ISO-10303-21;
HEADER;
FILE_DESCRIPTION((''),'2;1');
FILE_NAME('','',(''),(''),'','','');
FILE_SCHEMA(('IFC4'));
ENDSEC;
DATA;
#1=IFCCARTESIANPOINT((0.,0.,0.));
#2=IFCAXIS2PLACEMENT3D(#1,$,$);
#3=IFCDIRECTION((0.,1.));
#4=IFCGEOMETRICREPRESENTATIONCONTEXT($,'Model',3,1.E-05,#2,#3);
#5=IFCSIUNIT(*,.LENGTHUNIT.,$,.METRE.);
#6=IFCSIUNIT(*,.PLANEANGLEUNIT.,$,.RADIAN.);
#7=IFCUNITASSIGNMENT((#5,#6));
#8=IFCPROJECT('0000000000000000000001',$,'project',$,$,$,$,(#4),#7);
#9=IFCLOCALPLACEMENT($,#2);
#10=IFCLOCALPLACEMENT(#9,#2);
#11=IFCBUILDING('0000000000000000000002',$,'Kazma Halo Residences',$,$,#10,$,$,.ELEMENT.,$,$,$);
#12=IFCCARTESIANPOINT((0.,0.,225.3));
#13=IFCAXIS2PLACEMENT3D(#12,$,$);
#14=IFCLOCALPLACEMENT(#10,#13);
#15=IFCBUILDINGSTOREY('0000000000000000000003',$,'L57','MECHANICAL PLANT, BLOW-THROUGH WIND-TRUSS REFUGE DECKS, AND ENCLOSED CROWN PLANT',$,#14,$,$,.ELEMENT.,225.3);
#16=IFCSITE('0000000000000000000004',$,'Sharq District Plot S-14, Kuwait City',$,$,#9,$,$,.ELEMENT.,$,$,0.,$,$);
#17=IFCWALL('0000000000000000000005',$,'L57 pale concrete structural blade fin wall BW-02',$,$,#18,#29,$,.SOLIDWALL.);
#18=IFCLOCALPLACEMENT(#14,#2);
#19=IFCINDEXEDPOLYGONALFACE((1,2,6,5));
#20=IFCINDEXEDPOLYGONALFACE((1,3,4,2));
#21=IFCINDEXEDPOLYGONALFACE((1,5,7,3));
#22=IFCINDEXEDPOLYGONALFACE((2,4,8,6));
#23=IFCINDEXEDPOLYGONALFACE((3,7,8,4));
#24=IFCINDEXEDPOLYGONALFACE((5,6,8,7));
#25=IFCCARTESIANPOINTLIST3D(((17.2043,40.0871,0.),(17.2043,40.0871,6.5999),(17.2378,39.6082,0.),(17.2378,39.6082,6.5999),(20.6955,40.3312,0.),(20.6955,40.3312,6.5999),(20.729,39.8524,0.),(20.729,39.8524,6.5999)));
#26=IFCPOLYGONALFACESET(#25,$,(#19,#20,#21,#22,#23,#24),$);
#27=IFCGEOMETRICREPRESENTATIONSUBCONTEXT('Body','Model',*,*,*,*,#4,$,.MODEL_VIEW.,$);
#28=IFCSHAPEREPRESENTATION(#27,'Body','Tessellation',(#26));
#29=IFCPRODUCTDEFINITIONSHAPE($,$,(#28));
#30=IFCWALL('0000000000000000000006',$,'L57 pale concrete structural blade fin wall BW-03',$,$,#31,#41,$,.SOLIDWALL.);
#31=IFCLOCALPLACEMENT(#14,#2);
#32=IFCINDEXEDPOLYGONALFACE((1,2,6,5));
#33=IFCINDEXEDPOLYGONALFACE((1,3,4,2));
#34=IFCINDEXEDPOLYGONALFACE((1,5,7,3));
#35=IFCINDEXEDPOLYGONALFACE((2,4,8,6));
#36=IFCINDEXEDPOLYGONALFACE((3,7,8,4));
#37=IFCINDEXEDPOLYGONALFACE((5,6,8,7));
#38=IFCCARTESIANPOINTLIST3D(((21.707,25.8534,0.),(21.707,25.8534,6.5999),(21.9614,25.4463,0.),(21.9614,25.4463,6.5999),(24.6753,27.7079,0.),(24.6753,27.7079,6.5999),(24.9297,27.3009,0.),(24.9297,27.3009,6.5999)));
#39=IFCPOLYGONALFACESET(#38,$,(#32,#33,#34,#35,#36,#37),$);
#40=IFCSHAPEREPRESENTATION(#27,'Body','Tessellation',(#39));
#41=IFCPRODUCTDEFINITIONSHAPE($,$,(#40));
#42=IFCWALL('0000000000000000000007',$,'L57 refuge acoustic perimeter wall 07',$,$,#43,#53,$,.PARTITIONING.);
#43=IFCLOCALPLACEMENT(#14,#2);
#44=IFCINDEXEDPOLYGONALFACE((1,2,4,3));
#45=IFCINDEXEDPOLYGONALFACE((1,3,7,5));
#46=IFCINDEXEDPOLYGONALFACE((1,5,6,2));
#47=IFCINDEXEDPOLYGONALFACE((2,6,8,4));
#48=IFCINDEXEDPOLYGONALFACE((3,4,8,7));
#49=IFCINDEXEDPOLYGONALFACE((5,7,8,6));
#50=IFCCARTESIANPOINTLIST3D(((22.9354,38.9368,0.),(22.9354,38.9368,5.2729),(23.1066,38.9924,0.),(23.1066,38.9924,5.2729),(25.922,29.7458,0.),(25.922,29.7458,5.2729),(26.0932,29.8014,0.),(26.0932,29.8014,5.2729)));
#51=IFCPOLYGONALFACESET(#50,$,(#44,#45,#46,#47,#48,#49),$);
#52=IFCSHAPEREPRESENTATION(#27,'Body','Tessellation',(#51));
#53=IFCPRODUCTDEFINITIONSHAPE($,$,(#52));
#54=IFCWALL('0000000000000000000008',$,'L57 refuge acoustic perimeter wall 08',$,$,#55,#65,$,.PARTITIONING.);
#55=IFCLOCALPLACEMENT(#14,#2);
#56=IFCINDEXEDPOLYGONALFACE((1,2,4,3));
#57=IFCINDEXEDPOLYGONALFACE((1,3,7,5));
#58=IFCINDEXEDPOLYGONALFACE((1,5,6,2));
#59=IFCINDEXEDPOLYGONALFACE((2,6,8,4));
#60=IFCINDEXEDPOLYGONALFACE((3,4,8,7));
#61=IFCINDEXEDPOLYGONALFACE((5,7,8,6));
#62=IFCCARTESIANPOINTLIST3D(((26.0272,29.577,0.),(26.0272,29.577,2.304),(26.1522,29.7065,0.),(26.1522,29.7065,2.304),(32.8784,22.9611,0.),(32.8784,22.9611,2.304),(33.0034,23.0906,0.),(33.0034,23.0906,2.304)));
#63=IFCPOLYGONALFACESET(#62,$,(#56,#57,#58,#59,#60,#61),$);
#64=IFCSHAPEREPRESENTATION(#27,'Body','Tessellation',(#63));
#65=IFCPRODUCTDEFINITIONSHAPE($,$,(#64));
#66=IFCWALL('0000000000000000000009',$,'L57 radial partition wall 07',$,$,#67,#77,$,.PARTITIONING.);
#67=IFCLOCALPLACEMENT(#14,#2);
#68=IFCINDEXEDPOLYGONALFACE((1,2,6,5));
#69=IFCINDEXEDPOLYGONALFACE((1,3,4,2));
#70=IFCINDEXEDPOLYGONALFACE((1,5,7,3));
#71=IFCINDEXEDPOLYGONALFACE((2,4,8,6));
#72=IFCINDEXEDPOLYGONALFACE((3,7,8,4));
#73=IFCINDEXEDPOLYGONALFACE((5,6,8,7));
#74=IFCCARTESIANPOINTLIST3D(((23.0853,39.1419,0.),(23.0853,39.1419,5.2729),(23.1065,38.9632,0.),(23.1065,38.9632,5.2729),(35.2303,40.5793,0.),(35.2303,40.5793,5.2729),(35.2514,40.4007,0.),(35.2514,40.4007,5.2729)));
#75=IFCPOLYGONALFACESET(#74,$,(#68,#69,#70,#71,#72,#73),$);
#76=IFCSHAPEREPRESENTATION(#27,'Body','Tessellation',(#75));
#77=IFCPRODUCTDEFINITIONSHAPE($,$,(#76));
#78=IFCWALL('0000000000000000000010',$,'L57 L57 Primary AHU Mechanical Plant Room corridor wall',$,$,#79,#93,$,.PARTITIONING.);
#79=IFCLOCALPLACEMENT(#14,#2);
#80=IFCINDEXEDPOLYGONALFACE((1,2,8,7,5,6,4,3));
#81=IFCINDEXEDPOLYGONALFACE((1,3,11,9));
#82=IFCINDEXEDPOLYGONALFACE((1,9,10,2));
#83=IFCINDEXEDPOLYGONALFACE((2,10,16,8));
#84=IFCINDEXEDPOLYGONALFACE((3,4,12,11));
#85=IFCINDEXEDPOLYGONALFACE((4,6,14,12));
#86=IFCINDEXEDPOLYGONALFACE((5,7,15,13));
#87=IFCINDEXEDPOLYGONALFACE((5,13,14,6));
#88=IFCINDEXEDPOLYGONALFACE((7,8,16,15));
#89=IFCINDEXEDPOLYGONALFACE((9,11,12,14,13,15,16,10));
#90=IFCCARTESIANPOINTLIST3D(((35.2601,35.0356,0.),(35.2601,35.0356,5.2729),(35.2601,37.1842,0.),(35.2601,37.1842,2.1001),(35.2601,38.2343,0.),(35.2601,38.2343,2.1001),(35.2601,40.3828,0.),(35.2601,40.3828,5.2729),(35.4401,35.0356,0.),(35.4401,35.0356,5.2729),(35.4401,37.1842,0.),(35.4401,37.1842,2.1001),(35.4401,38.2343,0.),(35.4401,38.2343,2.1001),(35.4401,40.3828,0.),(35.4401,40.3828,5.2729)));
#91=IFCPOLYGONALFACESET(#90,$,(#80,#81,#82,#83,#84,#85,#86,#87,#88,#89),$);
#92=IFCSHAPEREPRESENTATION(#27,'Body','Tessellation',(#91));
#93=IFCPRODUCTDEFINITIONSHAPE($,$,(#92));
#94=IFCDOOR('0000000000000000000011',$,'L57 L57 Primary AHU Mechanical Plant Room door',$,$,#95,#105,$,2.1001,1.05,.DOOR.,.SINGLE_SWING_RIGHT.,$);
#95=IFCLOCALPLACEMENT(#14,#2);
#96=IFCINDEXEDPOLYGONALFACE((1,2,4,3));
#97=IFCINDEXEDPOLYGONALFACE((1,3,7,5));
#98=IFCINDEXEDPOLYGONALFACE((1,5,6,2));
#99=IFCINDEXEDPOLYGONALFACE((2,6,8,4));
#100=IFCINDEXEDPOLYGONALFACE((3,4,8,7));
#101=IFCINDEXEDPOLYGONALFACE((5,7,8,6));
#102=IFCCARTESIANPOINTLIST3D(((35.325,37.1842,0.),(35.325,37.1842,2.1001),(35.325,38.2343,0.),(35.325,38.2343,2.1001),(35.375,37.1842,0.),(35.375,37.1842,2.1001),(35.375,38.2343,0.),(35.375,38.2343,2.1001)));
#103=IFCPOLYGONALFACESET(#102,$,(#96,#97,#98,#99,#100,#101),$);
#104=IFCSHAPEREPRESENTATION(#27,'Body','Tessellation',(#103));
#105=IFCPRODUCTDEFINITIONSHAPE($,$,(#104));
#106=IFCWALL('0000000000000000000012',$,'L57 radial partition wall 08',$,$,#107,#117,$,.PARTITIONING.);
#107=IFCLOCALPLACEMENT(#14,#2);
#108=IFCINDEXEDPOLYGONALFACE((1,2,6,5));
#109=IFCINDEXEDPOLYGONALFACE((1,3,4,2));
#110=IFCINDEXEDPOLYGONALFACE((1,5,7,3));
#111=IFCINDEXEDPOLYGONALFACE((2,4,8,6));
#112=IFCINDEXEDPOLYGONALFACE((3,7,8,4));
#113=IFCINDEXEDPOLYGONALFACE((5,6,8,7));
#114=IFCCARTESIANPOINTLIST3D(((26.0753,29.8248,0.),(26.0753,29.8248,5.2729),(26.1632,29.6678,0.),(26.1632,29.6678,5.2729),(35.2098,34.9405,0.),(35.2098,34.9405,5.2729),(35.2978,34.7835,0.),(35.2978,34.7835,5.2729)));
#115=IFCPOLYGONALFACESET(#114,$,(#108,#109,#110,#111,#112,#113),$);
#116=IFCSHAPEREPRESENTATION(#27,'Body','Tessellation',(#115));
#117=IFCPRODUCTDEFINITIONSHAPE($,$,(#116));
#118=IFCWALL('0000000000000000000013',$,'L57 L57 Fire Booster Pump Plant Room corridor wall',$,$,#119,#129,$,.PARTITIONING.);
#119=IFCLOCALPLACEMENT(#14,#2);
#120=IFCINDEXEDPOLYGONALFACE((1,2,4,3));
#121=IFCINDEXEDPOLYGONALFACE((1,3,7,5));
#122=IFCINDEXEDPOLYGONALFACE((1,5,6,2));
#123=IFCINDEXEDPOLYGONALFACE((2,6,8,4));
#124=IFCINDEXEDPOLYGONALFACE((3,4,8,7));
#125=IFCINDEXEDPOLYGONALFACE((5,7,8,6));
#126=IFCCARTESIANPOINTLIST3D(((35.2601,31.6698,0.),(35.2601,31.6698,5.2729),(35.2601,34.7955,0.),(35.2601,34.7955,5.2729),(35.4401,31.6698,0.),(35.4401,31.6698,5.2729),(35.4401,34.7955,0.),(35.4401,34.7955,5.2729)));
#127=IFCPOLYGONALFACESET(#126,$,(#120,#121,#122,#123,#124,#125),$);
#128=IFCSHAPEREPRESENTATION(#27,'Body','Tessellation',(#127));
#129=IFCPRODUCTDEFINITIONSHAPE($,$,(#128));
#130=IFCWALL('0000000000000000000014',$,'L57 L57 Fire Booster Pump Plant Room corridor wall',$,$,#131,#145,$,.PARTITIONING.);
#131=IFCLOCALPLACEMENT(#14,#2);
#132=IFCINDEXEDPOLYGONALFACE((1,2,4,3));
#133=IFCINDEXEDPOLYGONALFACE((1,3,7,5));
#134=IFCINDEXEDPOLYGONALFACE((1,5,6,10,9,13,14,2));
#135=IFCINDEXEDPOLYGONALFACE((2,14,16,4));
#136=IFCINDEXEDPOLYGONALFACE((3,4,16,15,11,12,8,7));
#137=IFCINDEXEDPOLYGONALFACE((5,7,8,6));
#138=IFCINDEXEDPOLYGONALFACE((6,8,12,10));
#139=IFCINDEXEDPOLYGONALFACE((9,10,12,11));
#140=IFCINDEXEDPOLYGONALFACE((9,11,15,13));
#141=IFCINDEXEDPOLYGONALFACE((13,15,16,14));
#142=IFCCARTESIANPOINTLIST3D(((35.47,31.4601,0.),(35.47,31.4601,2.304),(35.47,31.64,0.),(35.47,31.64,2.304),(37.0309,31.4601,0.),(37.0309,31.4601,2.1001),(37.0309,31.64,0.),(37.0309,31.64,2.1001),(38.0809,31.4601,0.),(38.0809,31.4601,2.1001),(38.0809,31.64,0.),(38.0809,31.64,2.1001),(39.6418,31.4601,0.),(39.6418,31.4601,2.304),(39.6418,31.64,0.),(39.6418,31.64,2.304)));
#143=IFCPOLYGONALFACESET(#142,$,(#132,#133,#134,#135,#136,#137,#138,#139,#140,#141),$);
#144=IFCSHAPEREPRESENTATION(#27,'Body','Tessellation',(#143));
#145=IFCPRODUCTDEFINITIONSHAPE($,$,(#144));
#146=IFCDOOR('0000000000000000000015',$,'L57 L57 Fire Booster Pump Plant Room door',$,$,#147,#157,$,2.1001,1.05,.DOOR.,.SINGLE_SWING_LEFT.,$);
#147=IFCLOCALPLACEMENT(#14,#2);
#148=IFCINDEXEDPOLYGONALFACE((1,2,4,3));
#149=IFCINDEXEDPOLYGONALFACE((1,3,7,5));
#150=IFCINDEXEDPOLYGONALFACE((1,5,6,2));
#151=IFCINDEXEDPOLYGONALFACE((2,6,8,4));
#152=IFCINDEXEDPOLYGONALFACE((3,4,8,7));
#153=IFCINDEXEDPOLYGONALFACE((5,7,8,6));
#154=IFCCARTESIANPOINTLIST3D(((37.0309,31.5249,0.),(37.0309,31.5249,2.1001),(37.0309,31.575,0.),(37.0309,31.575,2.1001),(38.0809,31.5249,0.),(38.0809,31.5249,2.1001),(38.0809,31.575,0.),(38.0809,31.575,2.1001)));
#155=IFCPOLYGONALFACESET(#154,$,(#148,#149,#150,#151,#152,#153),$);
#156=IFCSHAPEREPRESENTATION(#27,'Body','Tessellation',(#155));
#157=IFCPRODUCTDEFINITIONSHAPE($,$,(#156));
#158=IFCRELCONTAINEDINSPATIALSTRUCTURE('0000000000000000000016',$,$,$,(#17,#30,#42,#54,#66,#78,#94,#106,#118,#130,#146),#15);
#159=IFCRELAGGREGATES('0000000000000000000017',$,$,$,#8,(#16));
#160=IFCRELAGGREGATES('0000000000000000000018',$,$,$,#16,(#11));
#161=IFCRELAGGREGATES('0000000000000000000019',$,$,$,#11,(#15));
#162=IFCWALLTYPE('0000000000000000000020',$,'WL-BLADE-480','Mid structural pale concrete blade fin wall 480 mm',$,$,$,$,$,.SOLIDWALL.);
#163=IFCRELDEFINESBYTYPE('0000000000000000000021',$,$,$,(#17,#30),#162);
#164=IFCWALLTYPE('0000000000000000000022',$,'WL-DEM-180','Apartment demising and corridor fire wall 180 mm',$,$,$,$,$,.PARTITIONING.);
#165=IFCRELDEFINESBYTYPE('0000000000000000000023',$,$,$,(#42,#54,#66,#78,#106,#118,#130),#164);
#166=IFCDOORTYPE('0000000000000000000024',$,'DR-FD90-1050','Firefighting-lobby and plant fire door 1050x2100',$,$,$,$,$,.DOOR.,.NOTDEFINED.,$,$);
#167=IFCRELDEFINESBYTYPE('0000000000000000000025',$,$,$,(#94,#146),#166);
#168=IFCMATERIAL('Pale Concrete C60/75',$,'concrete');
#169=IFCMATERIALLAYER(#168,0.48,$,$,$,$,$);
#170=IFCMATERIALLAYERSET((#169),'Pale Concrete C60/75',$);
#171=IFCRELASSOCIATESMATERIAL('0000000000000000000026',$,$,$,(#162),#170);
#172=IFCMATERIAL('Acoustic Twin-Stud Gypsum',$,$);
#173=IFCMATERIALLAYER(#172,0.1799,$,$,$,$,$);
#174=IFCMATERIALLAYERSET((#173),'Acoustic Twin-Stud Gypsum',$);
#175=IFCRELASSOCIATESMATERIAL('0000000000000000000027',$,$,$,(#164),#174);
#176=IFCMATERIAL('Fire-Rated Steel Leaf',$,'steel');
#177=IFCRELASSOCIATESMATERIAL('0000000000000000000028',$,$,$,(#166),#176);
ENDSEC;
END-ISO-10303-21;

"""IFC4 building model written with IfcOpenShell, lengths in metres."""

from ifc_helpers import new_model, si_unit, direction, frame, frame_2d, origin, place, context, subcontext, project, spatial, rectangle, extrude, material, layer, layer_set, type_object, element, fill, save


model = new_model("IFC4")

# Units and contexts
model_context = context("Model", 3, precision=1e-05, world=origin(), true_north=direction((0.0, 1.0)))
body_context = subcontext(model_context, "Body", "Model", "MODEL_VIEW")
ifc_project = project(units=[si_unit("LENGTHUNIT", "METRE"), si_unit("PLANEANGLEUNIT", "RADIAN")], contexts=[model_context])

# Site, building, storey
site_placement = place(None, origin())
site = spatial("IfcSite", under=ifc_project, at=site_placement, Name="Sharq District Plot S-14, Kuwait City", CompositionType="ELEMENT", RefElevation=0.0)
building_placement = place(site_placement, origin())
building = spatial("IfcBuilding", under=site, at=building_placement, Name="Kazma Halo Residences", CompositionType="ELEMENT")
storey_placement = place(building_placement, frame((0.0, 0.0, 225.3)))
storey = spatial("IfcBuildingStorey", under=building, at=storey_placement, Name="L57", Description="MECHANICAL PLANT, BLOW-THROUGH WIND-TRUSS REFUGE DECKS, AND ENCLOSED CROWN PLANT", CompositionType="ELEMENT", Elevation=225.3)

# Walls
ifc_material_1 = material(Name="Pale Concrete C60/75", Category="concrete")
ifc_layer_1 = layer(ifc_material_1, 0.48)
ifc_layer_set_1 = layer_set([ifc_layer_1], Name="Pale Concrete C60/75")
wall_type_1 = type_object("IfcWallType", Name="WL-BLADE-480", Description="Mid structural pale concrete blade fin wall 480 mm", PredefinedType="SOLIDWALL", material=ifc_layer_set_1)
wall_1_placement = place(storey_placement, frame((20.7124, 40.0918, 0.0), z_axis=(0.0, 0.0, 1.0), x_axis=(-0.997564, -0.06976, 0.0)))
element("IfcWall", 1, at=wall_1_placement, inside=storey, type_object=wall_type_1, Name="L57 pale concrete structural blade fin wall BW-02", PredefinedType="SOLIDWALL", context=body_context, shape_type="SweptSolid", body=[
    extrude(rectangle(XDim=3.4998, YDim=0.48, at=frame_2d((1.75, 0.0))), origin(), (0.0, 0.0, 1.0), 6.5999),
])
wall_2_placement = place(storey_placement, frame((24.8025, 27.5044, 0.0), z_axis=(0.0, 0.0, 1.0), x_axis=(-0.848085, -0.529861, 0.0)))
element("IfcWall", 2, at=wall_2_placement, inside=storey, type_object=wall_type_1, Name="L57 pale concrete structural blade fin wall BW-03", PredefinedType="SOLIDWALL", context=body_context, shape_type="SweptSolid", body=[
    extrude(rectangle(XDim=3.5, YDim=0.48, at=frame_2d((1.75, 0.0))), origin(), (0.0, 0.0, 1.0), 6.5999),
])
ifc_material_2 = material(Name="Acoustic Twin-Stud Gypsum")
ifc_layer_2 = layer(ifc_material_2, 0.1799)
ifc_layer_set_2 = layer_set([ifc_layer_2], Name="Acoustic Twin-Stud Gypsum")
wall_type_2 = type_object("IfcWallType", Name="WL-DEM-180", Description="Apartment demising and corridor fire wall 180 mm", PredefinedType="PARTITIONING", material=ifc_layer_set_2)
wall_3_placement = place(storey_placement, frame((23.021, 38.9646, 0.0), z_axis=(0.0, 0.0, 1.0), x_axis=(0.309042, -0.951049, 0.0)))
element("IfcWall", 3, at=wall_3_placement, inside=storey, type_object=wall_type_2, Name="L57 refuge acoustic perimeter wall 07", PredefinedType="PARTITIONING", context=body_context, shape_type="SweptSolid", body=[
    extrude(rectangle(XDim=9.6641, YDim=0.1799, at=frame_2d((4.832, 0.0))), origin(), (0.0, 0.0, 1.0), 5.2729),
])
wall_4_placement = place(storey_placement, frame((26.0896, 29.6418, 0.0), z_axis=(0.0, 0.0, 1.0), x_axis=(0.719354, -0.694643, 0.0)))
element("IfcWall", 4, at=wall_4_placement, inside=storey, type_object=wall_type_2, Name="L57 refuge acoustic perimeter wall 08", PredefinedType="PARTITIONING", context=body_context, shape_type="SweptSolid", body=[
    extrude(rectangle(XDim=9.5242, YDim=0.1799, at=frame_2d((4.7622, 0.0))), origin(), (0.0, 0.0, 1.0), 2.304),
])
wall_5_placement = place(storey_placement, frame((35.2407, 40.49, 0.0), z_axis=(0.0, 0.0, 1.0), x_axis=(-0.993068, -0.117541, 0.0)))
element("IfcWall", 5, at=wall_5_placement, inside=storey, type_object=wall_type_2, Name="L57 radial partition wall 07", PredefinedType="PARTITIONING", context=body_context, shape_type="SweptSolid", body=[
    extrude(rectangle(XDim=12.2297, YDim=0.1799, at=frame_2d((6.1147, 0.0))), origin(), (0.0, 0.0, 1.0), 5.2729),
])

# Wall, opening, door
wall_6_placement = place(storey_placement, frame((35.3501, 40.3828, 0.0), z_axis=(0.0, 0.0, 1.0), x_axis=(0.0, -1.0, 0.0)))
wall_6 = element("IfcWall", 6, at=wall_6_placement, inside=storey, type_object=wall_type_2, Name="L57 L57 Primary AHU Mechanical Plant Room corridor wall", PredefinedType="PARTITIONING", context=body_context, shape_type="SweptSolid", body=[
    extrude(rectangle(XDim=5.3472, YDim=0.1799, at=frame_2d((2.6736, 0.0))), origin(), (0.0, 0.0, 1.0), 5.2729),
])
opening_1_placement = place(wall_6_placement, frame((2.1487, 0.0, 0.0)))
opening_1 = element("IfcOpeningElement", 7, at=opening_1_placement, cuts=wall_6, PredefinedType="OPENING", context=body_context, shape_type="SweptSolid", body=[
    extrude(rectangle(XDim=1.05, YDim=2.1001, at=frame_2d((0.5249, 1.05))), frame((0.0, 0.0999, 0.0), z_axis=(0.0, -1.0, 0.0), x_axis=(1.0, 0.0, 0.0)), (0.0, 0.0, 1.0), 0.2),
])
ifc_material_3 = material(Name="Fire-Rated Steel Leaf", Category="steel")
door_type = type_object("IfcDoorType", Name="DR-FD90-1050", Description="Firefighting-lobby and plant fire door 1050x2100", OperationType="NOTDEFINED", PredefinedType="DOOR", material=ifc_material_3)
door_1_placement = place(opening_1_placement, origin())
door_1 = element("IfcDoor", 8, at=door_1_placement, inside=storey, type_object=door_type, Name="L57 L57 Primary AHU Mechanical Plant Room door", OperationType="SINGLE_SWING_RIGHT", OverallHeight=2.1001, OverallWidth=1.05, PredefinedType="DOOR", context=body_context, shape_type="SweptSolid", body=[
    extrude(rectangle(XDim=1.05, YDim=2.1001, at=frame_2d((0.5249, 1.05))), frame((0.0, 0.0249, 0.0), z_axis=(0.0, -1.0, 0.0), x_axis=(1.0, 0.0, 0.0)), (0.0, 0.0, 1.0), 0.05),
])
fill(opening_1, door_1)

# Walls
wall_7_placement = place(storey_placement, frame((35.2539, 34.8621, 0.0), z_axis=(0.0, 0.0, 1.0), x_axis=(-0.87249, -0.488632, 0.0)))
element("IfcWall", 9, at=wall_7_placement, inside=storey, type_object=wall_type_2, Name="L57 radial partition wall 08", PredefinedType="PARTITIONING", context=body_context, shape_type="SweptSolid", body=[
    extrude(rectangle(XDim=10.4695, YDim=0.1799, at=frame_2d((5.2349, 0.0))), origin(), (0.0, 0.0, 1.0), 5.2729),
])
wall_8_placement = place(storey_placement, frame((35.3501, 34.7957, 0.0), z_axis=(0.0, 0.0, 1.0), x_axis=(0.0, -1.0, 0.0)))
element("IfcWall", 10, at=wall_8_placement, inside=storey, type_object=wall_type_2, Name="L57 L57 Fire Booster Pump Plant Room corridor wall", PredefinedType="PARTITIONING", context=body_context, shape_type="SweptSolid", body=[
    extrude(rectangle(XDim=3.1257, YDim=0.1799, at=frame_2d((1.563, 0.0))), origin(), (0.0, 0.0, 1.0), 5.2729),
])

# Wall, opening, door
wall_9_placement = place(storey_placement, frame((35.47, 31.55, 0.0), z_axis=(0.0, 0.0, 1.0), x_axis=(1.0, 0.0, 0.0)))
wall_9 = element("IfcWall", 11, at=wall_9_placement, inside=storey, type_object=wall_type_2, Name="L57 L57 Fire Booster Pump Plant Room corridor wall", PredefinedType="PARTITIONING", context=body_context, shape_type="SweptSolid", body=[
    extrude(rectangle(XDim=4.1719, YDim=0.1799, at=frame_2d((2.0859, 0.0))), origin(), (0.0, 0.0, 1.0), 2.304),
])
opening_2_placement = place(wall_9_placement, frame((1.561, 0.0, 0.0)))
opening_2 = element("IfcOpeningElement", 12, at=opening_2_placement, cuts=wall_9, PredefinedType="OPENING", context=body_context, shape_type="SweptSolid", body=[
    extrude(rectangle(XDim=1.05, YDim=2.1001, at=frame_2d((0.5249, 1.05))), frame((0.0, 0.0999, 0.0), z_axis=(0.0, -1.0, 0.0), x_axis=(1.0, 0.0, 0.0)), (0.0, 0.0, 1.0), 0.2),
])
door_2_placement = place(opening_2_placement, origin())
door_2 = element("IfcDoor", 13, at=door_2_placement, inside=storey, type_object=door_type, Name="L57 L57 Fire Booster Pump Plant Room door", OperationType="SINGLE_SWING_LEFT", OverallHeight=2.1001, OverallWidth=1.05, PredefinedType="DOOR", context=body_context, shape_type="SweptSolid", body=[
    extrude(rectangle(XDim=1.05, YDim=2.1001, at=frame_2d((0.5249, 1.05))), frame((0.0, 0.0249, 0.0), z_axis=(0.0, -1.0, 0.0), x_axis=(1.0, 0.0, 0.0)), (0.0, 0.0, 1.0), 0.05),
])
fill(opening_2, door_2)

save(model, "model.ifc")
